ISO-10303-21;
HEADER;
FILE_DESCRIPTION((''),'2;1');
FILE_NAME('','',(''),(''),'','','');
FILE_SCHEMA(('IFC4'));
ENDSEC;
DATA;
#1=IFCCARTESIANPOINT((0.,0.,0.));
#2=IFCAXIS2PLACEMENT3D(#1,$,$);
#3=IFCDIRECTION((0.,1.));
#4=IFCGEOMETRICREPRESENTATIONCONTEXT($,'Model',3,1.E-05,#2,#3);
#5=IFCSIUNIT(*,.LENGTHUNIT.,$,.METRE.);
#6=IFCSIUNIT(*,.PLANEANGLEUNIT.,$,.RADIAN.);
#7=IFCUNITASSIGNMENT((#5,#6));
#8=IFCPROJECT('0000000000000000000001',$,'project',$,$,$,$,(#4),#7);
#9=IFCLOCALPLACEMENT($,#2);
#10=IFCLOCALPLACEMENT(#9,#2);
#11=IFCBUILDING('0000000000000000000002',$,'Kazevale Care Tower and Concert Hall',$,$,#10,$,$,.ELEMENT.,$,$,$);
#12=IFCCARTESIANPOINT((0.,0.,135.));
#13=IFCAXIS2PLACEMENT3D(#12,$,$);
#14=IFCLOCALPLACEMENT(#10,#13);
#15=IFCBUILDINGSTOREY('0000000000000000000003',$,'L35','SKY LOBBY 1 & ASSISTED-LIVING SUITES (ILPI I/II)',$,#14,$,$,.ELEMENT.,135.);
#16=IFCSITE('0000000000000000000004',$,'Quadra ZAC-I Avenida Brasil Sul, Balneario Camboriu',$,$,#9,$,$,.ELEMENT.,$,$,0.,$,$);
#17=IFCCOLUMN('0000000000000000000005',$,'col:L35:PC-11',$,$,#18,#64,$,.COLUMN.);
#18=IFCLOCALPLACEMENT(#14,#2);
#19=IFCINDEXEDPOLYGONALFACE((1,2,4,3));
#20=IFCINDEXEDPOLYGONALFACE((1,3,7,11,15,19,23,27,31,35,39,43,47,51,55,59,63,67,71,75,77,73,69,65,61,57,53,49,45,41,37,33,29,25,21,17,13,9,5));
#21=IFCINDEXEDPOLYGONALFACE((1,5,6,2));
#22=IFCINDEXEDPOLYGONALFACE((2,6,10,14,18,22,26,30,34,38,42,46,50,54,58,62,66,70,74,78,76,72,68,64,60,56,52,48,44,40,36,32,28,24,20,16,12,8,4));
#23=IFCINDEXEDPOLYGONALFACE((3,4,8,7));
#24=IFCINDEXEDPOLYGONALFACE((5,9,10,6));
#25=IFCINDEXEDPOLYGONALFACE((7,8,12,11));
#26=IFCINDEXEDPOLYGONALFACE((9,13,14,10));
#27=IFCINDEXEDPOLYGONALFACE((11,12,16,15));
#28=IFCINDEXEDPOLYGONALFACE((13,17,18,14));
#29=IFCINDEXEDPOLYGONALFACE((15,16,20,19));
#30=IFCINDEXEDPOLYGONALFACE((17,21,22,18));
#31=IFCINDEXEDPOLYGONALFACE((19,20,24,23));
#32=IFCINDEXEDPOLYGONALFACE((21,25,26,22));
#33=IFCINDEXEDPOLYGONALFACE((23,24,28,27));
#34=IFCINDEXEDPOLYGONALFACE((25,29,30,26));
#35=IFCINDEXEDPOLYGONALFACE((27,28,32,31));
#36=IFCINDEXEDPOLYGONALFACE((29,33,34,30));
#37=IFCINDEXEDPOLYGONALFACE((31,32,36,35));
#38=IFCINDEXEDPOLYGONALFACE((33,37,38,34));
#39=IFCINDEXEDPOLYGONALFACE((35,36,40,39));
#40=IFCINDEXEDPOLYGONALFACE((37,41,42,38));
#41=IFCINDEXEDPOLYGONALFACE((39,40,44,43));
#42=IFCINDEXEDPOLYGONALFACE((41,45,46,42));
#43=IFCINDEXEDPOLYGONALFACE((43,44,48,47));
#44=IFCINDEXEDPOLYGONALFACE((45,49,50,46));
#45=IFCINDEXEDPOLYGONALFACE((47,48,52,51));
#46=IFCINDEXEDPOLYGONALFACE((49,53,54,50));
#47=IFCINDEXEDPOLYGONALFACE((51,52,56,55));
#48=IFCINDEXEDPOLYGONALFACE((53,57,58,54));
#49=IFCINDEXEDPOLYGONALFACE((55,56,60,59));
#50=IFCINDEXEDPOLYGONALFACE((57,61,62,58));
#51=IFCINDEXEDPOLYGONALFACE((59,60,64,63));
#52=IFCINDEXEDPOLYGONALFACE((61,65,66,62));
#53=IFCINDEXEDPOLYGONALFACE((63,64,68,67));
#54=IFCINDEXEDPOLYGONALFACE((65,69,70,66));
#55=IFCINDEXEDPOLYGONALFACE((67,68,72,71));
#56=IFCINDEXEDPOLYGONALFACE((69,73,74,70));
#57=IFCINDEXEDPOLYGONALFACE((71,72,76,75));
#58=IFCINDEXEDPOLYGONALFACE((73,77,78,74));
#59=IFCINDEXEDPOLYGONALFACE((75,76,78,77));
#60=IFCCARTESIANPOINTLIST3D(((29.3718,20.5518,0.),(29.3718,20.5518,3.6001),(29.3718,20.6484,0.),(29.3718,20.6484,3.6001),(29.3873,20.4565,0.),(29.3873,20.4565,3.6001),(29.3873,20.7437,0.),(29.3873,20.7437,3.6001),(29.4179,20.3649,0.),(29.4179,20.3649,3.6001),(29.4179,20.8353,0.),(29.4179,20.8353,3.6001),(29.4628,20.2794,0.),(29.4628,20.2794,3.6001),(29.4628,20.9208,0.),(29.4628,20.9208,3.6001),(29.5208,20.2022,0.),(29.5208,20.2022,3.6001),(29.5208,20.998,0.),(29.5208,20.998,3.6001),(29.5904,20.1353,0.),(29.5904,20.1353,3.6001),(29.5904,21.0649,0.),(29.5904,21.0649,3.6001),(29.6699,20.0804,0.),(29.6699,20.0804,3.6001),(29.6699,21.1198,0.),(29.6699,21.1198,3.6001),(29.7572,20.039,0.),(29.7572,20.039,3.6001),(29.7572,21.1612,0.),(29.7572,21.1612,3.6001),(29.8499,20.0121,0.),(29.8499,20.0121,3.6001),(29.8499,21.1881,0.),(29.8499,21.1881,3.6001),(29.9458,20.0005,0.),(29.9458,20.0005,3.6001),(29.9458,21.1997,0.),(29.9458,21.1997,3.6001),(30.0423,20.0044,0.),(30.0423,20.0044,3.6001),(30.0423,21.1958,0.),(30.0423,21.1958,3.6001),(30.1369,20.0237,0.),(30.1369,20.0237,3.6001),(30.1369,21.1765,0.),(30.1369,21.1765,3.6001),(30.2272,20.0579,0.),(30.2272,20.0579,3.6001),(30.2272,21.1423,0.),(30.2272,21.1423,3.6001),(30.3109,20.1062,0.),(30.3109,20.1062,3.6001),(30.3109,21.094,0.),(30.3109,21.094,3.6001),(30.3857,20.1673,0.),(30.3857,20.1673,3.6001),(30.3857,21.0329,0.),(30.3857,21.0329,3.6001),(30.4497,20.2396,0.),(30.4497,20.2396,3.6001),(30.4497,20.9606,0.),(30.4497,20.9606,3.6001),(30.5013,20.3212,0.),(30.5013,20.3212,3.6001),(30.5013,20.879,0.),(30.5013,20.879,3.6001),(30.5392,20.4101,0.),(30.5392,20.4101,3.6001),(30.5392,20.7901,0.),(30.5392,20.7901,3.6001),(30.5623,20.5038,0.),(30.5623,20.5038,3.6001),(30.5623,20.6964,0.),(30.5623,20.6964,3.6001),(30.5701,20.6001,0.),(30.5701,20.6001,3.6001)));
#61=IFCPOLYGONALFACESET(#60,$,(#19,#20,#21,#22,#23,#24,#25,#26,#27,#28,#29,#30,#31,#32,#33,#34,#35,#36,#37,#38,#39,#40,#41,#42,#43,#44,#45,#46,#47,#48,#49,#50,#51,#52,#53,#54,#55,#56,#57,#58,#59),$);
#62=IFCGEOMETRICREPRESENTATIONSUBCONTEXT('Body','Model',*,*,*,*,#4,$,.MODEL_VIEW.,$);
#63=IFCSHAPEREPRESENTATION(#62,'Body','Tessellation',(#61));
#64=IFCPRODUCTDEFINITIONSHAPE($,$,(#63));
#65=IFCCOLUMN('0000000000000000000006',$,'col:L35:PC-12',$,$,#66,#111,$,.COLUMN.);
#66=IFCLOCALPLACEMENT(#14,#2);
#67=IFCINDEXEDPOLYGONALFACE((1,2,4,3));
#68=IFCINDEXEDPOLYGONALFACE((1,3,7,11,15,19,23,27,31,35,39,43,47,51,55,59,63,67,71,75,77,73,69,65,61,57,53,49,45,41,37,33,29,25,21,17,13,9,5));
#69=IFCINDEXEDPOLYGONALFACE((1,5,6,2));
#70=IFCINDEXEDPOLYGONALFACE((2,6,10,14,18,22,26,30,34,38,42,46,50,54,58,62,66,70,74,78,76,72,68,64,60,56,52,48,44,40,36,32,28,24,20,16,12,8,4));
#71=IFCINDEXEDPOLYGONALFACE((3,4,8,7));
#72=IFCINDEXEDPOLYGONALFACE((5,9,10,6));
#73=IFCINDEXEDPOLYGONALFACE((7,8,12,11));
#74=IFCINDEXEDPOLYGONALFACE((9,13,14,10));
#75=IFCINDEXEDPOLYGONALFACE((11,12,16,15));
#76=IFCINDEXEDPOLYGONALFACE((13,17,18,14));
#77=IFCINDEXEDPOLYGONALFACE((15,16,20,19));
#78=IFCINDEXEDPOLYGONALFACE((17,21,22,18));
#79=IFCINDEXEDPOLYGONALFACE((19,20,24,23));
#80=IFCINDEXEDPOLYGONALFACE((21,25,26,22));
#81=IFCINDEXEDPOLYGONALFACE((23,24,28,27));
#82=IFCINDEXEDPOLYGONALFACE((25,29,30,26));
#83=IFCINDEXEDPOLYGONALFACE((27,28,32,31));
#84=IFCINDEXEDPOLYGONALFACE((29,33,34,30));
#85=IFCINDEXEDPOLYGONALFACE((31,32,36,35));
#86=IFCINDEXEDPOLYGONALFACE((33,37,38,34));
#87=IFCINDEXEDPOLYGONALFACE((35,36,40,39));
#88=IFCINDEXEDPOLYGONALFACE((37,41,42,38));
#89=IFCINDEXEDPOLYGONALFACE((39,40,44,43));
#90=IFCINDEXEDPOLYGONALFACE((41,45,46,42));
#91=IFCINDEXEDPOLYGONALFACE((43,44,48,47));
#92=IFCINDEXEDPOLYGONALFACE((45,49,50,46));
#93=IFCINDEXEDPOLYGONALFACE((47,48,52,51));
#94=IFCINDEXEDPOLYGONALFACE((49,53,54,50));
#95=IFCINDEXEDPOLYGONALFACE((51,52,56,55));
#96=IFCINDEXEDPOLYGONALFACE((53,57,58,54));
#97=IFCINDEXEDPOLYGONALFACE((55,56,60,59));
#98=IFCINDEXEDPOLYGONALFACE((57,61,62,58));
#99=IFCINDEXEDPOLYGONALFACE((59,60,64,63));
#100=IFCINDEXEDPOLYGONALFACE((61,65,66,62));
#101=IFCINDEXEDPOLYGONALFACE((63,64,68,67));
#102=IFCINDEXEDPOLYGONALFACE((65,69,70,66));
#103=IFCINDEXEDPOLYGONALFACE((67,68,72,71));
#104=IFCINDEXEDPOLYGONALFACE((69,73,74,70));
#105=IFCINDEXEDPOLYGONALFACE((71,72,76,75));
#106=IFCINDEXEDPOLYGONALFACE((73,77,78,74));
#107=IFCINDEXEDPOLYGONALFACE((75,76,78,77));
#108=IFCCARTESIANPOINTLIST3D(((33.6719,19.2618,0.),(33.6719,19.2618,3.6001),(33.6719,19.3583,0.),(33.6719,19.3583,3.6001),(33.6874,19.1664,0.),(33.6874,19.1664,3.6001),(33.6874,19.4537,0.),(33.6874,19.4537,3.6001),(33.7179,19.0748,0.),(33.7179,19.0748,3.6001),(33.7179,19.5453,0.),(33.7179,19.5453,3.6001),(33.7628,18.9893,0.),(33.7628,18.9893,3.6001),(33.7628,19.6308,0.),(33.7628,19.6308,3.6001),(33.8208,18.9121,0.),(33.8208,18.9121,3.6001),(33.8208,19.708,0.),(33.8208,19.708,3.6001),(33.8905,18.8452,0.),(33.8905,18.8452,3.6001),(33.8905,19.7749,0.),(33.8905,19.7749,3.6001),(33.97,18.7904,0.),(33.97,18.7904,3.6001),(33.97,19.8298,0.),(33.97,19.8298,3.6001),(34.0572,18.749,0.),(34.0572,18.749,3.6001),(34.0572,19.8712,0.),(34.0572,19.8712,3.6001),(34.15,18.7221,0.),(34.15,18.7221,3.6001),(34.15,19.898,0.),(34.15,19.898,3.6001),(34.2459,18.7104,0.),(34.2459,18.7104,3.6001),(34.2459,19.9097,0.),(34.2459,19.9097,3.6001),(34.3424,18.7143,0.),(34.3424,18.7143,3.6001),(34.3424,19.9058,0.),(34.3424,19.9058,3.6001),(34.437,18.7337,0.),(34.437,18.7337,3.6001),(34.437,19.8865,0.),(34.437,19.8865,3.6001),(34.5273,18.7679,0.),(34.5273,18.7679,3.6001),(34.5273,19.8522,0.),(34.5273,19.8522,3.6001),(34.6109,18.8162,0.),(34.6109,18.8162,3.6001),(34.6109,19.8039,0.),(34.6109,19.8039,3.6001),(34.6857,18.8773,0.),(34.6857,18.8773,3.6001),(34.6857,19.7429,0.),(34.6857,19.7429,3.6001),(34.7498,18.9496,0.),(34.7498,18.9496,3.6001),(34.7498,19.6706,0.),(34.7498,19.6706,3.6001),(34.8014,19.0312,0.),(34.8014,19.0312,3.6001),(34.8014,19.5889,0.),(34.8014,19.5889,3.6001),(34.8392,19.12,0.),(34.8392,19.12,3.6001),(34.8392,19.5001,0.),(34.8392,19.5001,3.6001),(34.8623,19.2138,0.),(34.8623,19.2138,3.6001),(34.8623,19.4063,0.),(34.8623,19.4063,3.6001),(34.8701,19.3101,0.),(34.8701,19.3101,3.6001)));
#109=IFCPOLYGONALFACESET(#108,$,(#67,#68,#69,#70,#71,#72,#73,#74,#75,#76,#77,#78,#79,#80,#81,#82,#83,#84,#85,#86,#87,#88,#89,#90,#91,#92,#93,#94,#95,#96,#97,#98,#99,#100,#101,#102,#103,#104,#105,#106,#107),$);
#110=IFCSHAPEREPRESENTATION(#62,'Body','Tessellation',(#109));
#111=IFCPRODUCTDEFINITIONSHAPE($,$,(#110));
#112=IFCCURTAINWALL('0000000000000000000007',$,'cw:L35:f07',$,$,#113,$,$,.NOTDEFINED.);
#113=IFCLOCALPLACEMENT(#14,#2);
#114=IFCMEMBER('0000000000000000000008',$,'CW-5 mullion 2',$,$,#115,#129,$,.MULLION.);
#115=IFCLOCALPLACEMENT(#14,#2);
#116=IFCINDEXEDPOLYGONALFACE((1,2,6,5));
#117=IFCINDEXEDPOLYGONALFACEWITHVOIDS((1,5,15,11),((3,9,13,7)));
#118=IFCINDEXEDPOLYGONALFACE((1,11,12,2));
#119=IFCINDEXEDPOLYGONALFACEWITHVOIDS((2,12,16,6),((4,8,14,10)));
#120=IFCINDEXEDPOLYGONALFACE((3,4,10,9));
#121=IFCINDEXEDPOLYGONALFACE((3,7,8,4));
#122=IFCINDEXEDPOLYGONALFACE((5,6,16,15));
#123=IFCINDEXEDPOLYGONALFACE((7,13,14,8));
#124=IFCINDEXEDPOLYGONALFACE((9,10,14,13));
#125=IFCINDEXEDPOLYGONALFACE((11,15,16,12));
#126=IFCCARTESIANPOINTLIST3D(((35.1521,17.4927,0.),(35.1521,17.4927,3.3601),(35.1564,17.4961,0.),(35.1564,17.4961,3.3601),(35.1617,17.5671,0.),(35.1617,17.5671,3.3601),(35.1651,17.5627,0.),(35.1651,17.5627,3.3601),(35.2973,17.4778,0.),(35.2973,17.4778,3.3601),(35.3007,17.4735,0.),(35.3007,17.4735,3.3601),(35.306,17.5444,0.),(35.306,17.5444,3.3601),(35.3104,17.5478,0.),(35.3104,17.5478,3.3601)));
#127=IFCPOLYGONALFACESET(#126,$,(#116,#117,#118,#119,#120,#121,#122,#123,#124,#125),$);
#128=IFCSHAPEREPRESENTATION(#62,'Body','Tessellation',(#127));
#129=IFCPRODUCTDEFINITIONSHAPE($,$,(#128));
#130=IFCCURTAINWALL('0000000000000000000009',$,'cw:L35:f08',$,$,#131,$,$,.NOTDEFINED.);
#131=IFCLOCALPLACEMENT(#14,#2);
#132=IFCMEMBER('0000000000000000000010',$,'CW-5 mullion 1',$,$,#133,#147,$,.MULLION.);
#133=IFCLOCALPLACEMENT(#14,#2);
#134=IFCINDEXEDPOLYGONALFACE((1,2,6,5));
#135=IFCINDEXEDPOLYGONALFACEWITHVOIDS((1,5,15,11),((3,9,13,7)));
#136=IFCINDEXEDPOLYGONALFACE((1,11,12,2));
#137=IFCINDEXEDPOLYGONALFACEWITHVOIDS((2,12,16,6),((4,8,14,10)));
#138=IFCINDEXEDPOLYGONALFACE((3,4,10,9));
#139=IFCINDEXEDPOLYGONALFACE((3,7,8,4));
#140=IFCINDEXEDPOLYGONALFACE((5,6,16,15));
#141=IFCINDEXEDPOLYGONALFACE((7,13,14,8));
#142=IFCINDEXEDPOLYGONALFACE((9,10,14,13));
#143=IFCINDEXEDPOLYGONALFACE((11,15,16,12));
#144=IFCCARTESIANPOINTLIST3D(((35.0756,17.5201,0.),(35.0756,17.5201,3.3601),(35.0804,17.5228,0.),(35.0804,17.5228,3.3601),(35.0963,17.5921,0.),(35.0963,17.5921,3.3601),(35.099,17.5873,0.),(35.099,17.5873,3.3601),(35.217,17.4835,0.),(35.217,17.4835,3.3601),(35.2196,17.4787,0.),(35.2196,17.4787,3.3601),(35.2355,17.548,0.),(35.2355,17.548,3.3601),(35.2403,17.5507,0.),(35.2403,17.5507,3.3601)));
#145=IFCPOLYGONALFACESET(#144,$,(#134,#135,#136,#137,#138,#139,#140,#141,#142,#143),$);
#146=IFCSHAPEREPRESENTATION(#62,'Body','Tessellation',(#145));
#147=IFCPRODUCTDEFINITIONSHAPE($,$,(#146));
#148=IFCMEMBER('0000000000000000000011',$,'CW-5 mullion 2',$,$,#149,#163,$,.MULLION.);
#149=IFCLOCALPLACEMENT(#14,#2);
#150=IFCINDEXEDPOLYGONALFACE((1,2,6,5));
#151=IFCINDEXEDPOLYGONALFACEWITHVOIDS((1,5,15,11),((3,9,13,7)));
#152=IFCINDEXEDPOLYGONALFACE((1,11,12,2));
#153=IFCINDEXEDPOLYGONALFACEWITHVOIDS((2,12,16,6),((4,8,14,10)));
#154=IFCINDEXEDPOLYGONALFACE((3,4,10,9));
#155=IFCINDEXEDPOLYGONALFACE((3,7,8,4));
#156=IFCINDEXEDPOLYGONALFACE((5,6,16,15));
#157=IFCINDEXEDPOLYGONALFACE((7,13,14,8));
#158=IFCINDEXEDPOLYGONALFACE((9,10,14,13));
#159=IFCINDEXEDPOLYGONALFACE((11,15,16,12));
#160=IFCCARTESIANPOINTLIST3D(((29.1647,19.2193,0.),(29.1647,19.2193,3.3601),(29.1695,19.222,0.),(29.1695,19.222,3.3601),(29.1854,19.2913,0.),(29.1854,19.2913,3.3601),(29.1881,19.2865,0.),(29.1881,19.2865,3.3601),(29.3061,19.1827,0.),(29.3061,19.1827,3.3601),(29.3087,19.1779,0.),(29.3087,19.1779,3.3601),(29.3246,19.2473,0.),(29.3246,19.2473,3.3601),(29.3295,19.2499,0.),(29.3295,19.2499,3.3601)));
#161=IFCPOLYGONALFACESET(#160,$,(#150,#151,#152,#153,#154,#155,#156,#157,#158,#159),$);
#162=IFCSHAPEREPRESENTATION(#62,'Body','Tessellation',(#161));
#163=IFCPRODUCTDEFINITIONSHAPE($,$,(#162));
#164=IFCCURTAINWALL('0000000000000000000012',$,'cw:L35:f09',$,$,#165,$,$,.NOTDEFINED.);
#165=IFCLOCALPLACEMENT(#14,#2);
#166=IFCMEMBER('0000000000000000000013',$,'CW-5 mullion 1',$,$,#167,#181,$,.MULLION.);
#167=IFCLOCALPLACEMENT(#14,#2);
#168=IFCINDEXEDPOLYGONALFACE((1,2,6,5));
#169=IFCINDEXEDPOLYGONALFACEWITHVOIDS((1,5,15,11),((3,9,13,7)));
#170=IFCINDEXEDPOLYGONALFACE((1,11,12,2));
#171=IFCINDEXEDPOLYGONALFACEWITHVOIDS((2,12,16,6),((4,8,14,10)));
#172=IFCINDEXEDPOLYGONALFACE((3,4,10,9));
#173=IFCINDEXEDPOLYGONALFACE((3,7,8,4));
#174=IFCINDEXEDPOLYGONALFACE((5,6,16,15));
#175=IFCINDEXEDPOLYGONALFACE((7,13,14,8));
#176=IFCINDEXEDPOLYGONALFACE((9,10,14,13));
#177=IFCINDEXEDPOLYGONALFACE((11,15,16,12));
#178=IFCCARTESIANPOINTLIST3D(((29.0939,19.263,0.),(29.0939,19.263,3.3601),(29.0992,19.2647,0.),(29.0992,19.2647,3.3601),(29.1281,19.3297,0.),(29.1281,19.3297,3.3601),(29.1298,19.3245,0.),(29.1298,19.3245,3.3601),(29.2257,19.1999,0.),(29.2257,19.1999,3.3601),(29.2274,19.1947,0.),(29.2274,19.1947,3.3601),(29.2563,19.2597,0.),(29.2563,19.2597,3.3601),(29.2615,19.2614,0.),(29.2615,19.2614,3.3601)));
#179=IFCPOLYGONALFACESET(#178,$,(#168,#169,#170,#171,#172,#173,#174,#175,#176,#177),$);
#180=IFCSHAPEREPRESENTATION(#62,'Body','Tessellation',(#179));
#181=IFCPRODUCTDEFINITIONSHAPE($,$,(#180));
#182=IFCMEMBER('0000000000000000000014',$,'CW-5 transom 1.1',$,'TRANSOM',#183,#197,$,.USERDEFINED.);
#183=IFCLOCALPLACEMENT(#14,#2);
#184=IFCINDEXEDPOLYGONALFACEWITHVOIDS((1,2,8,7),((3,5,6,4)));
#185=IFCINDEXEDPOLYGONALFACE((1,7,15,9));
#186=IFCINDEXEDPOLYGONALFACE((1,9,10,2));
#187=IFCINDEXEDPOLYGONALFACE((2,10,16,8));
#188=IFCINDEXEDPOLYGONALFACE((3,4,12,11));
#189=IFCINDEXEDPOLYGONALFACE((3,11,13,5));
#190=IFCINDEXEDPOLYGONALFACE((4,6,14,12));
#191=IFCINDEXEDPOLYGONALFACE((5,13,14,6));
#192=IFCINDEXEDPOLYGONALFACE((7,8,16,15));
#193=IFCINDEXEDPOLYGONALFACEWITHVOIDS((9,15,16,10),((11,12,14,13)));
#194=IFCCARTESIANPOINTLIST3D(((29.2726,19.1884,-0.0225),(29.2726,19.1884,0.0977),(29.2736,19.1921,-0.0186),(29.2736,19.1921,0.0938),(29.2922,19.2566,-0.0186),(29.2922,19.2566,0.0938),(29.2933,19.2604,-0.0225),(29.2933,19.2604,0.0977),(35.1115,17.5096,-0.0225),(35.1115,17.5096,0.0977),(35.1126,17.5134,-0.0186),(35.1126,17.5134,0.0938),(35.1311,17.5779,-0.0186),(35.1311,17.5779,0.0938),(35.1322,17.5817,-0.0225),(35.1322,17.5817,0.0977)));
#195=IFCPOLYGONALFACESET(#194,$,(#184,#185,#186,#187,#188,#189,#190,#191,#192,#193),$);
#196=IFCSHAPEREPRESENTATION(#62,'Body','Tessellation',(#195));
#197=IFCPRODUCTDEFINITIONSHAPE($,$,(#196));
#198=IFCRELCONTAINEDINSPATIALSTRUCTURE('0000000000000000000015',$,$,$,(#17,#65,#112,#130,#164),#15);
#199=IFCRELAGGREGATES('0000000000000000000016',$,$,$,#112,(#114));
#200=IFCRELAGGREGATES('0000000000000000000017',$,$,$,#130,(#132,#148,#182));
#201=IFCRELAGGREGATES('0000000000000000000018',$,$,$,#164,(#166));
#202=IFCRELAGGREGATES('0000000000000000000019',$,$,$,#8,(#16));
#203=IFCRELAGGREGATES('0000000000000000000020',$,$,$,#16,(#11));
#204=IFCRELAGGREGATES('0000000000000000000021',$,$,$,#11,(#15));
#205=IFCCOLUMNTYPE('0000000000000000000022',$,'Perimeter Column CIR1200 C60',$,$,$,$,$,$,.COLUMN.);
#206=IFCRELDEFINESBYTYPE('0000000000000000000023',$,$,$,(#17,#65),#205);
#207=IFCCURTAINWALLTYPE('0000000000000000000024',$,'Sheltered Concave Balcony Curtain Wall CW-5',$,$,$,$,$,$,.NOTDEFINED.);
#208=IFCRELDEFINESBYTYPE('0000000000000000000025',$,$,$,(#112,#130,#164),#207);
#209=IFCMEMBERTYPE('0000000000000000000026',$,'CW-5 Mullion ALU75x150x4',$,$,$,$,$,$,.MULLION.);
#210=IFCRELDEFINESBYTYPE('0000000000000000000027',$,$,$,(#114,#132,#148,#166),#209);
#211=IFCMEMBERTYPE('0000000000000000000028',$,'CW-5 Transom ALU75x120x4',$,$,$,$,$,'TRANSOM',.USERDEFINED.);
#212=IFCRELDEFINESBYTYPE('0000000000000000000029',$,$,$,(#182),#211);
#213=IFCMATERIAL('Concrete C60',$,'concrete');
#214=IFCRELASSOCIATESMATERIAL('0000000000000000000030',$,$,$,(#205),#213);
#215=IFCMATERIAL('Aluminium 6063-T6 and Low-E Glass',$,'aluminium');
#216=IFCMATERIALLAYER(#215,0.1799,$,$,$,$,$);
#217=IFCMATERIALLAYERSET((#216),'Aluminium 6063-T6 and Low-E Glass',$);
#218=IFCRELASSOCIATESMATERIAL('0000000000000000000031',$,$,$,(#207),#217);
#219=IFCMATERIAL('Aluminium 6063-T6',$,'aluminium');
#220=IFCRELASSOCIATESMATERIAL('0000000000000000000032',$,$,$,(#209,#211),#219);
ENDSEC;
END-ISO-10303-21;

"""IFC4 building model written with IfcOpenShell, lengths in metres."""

from ifc_helpers import new_model, si_unit, direction, frame, origin, origin_2d, place, context, subcontext, project, spatial, hollow_rectangle, circle, extrude, material, layer, layer_set, material_profile, profile_set, type_object, element, aggregate, save


model = new_model("IFC4")

# Units and contexts
model_context = context("Model", 3, precision=1e-05, world=origin(), true_north=direction((0.0, 1.0)))
body_context = subcontext(model_context, "Body", "Model", "MODEL_VIEW")
ifc_project = project(units=[si_unit("LENGTHUNIT", "METRE"), si_unit("PLANEANGLEUNIT", "RADIAN")], contexts=[model_context])

# Site, building, storey
site_placement = place(None, origin())
site = spatial("IfcSite", under=ifc_project, at=site_placement, Name="Quadra ZAC-I Avenida Brasil Sul, Balneario Camboriu", CompositionType="ELEMENT", RefElevation=0.0)
building_placement = place(site_placement, origin())
building = spatial("IfcBuilding", under=site, at=building_placement, Name="Kazevale Care Tower and Concert Hall", CompositionType="ELEMENT")
storey_placement = place(building_placement, frame((0.0, 0.0, 135.0)))
storey = spatial("IfcBuildingStorey", under=building, at=storey_placement, Name="L35", Description="SKY LOBBY 1 & ASSISTED-LIVING SUITES (ILPI I/II)", CompositionType="ELEMENT", Elevation=135.0)

# Columns
ifc_material_1 = material(Name="Concrete C60", Category="concrete")
ifc_material_profile_1 = material_profile(ifc_material_1, circle(Radius=0.6001, at=origin_2d()), Name="RC-CIR1200")
ifc_profile_set_1 = profile_set([ifc_material_profile_1], Name="Concrete C60")
column_type = type_object("IfcColumnType", Name="Perimeter Column CIR1200 C60", PredefinedType="COLUMN", material=ifc_profile_set_1)
for number, where, z_axis, x_axis, name in (
    (1, (29.97, 20.6001, 0.0), (0.0, 0.0, 1.0), (1.0, 0.0, 0.0), "col:L35:PC-11"),
    (2, (34.27, 19.3101, 0.0), (0.0, 0.0, 1.0), (1.0, 0.0, 0.0), "col:L35:PC-12"),
):
    element("IfcColumn", number, at=place(storey_placement, frame(where, z_axis=z_axis, x_axis=x_axis)), inside=storey, type_object=column_type, Name=name, PredefinedType="COLUMN", context=body_context, shape_type="SweptSolid", body=[
        extrude(circle(Radius=0.6001, at=origin_2d()), origin(), (0.0, 0.0, 1.0), 3.6001),
    ])

# Curtain wall, member
ifc_material_2 = material(Name="Aluminium 6063-T6 and Low-E Glass", Category="aluminium")
ifc_layer_1 = layer(ifc_material_2, 0.1799)
ifc_layer_set_1 = layer_set([ifc_layer_1], Name="Aluminium 6063-T6 and Low-E Glass")
curtain_wall_type = type_object("IfcCurtainWallType", Name="Sheltered Concave Balcony Curtain Wall CW-5", PredefinedType="NOTDEFINED", material=ifc_layer_set_1)
curtain_wall_1_placement = place(storey_placement, origin())
curtain_wall_1 = element("IfcCurtainWall", 3, at=curtain_wall_1_placement, inside=storey, type_object=curtain_wall_type, Name="cw:L35:f07", PredefinedType="NOTDEFINED")
ifc_material_3 = material(Name="Aluminium 6063-T6", Category="aluminium")
ifc_material_profile_2 = material_profile(ifc_material_3, hollow_rectangle(XDim=0.075, YDim=0.1499, WallThickness=0.0039, at=origin_2d()), Name="ALU75x150x4")
ifc_profile_set_2 = profile_set([ifc_material_profile_2], Name="Aluminium 6063-T6")
member_type_1 = type_object("IfcMemberType", Name="CW-5 Mullion ALU75x150x4", PredefinedType="MULLION", material=ifc_profile_set_2)
member_1_placement = place(storey_placement, frame((35.2312, 17.5203, 0.0), z_axis=(0.0, 0.0, 1.0), x_axis=(-0.128685, -0.991686, 0.0)))
member_1 = element("IfcMember", 4, at=member_1_placement, type_object=member_type_1, Name="CW-5 mullion 2", PredefinedType="MULLION", context=body_context, shape_type="SweptSolid", body=[
    extrude(hollow_rectangle(XDim=0.075, YDim=0.1499, WallThickness=0.0039, at=origin_2d()), origin(), (0.0, 0.0, 1.0), 3.3601),
])
aggregate(curtain_wall_1, [member_1])

# Curtain wall, members
curtain_wall_2_placement = place(storey_placement, origin())
curtain_wall_2 = element("IfcCurtainWall", 5, at=curtain_wall_2_placement, inside=storey, type_object=curtain_wall_type, Name="cw:L35:f08", PredefinedType="NOTDEFINED")
member_2_placement = place(storey_placement, frame((35.158, 17.5354, 0.0), z_axis=(0.0, 0.0, 1.0), x_axis=(-0.276291, -0.961074, 0.0)))
member_2 = element("IfcMember", 6, at=member_2_placement, type_object=member_type_1, Name="CW-5 mullion 1", PredefinedType="MULLION", context=body_context, shape_type="SweptSolid", body=[
    extrude(hollow_rectangle(XDim=0.075, YDim=0.1499, WallThickness=0.0039, at=origin_2d()), origin(), (0.0, 0.0, 1.0), 3.3601),
])
member_3_placement = place(storey_placement, frame((29.2471, 19.2346, 0.0), z_axis=(0.0, 0.0, 1.0), x_axis=(-0.276291, -0.961074, 0.0)))
member_3 = element("IfcMember", 7, at=member_3_placement, type_object=member_type_1, Name="CW-5 mullion 2", PredefinedType="MULLION", context=body_context, shape_type="SweptSolid", body=[
    extrude(hollow_rectangle(XDim=0.075, YDim=0.1499, WallThickness=0.0039, at=origin_2d()), origin(), (0.0, 0.0, 1.0), 3.3601),
])

# Curtain wall, member
curtain_wall_3_placement = place(storey_placement, origin())
curtain_wall_3 = element("IfcCurtainWall", 8, at=curtain_wall_3_placement, inside=storey, type_object=curtain_wall_type, Name="cw:L35:f09", PredefinedType="NOTDEFINED")
member_4_placement = place(storey_placement, frame((29.1777, 19.2622, 0.0), z_axis=(0.0, 0.0, 1.0), x_axis=(-0.455713, -0.890127, 0.0)))
member_4 = element("IfcMember", 9, at=member_4_placement, type_object=member_type_1, Name="CW-5 mullion 1", PredefinedType="MULLION", context=body_context, shape_type="SweptSolid", body=[
    extrude(hollow_rectangle(XDim=0.075, YDim=0.1499, WallThickness=0.0039, at=origin_2d()), origin(), (0.0, 0.0, 1.0), 3.3601),
])

# Member
ifc_material_profile_3 = material_profile(ifc_material_3, hollow_rectangle(XDim=0.075, YDim=0.1201, WallThickness=0.0039, at=origin_2d()), Name="ALU75x120x4")
ifc_profile_set_3 = profile_set([ifc_material_profile_3], Name="Aluminium 6063-T6")
member_type_2 = type_object("IfcMemberType", Name="CW-5 Transom ALU75x120x4", ElementType="TRANSOM", PredefinedType="USERDEFINED", material=ifc_profile_set_3)
member_5_placement = place(storey_placement, frame((35.1218, 17.5457, 0.0376), z_axis=(-0.961068, 0.276313, 0.0), x_axis=(-0.276313, -0.961068, 0.0)))
member_5 = element("IfcMember", 10, at=member_5_placement, type_object=member_type_2, Name="CW-5 transom 1.1", ObjectType="TRANSOM", PredefinedType="USERDEFINED", context=body_context, shape_type="SweptSolid", body=[
    extrude(hollow_rectangle(XDim=0.075, YDim=0.1201, WallThickness=0.0039, at=origin_2d()), origin(), (0.0, 0.0, 1.0), 6.0754),
])

aggregate(curtain_wall_2, [member_2, member_3, member_5])
aggregate(curtain_wall_3, [member_4])

save(model, "model.ifc")
